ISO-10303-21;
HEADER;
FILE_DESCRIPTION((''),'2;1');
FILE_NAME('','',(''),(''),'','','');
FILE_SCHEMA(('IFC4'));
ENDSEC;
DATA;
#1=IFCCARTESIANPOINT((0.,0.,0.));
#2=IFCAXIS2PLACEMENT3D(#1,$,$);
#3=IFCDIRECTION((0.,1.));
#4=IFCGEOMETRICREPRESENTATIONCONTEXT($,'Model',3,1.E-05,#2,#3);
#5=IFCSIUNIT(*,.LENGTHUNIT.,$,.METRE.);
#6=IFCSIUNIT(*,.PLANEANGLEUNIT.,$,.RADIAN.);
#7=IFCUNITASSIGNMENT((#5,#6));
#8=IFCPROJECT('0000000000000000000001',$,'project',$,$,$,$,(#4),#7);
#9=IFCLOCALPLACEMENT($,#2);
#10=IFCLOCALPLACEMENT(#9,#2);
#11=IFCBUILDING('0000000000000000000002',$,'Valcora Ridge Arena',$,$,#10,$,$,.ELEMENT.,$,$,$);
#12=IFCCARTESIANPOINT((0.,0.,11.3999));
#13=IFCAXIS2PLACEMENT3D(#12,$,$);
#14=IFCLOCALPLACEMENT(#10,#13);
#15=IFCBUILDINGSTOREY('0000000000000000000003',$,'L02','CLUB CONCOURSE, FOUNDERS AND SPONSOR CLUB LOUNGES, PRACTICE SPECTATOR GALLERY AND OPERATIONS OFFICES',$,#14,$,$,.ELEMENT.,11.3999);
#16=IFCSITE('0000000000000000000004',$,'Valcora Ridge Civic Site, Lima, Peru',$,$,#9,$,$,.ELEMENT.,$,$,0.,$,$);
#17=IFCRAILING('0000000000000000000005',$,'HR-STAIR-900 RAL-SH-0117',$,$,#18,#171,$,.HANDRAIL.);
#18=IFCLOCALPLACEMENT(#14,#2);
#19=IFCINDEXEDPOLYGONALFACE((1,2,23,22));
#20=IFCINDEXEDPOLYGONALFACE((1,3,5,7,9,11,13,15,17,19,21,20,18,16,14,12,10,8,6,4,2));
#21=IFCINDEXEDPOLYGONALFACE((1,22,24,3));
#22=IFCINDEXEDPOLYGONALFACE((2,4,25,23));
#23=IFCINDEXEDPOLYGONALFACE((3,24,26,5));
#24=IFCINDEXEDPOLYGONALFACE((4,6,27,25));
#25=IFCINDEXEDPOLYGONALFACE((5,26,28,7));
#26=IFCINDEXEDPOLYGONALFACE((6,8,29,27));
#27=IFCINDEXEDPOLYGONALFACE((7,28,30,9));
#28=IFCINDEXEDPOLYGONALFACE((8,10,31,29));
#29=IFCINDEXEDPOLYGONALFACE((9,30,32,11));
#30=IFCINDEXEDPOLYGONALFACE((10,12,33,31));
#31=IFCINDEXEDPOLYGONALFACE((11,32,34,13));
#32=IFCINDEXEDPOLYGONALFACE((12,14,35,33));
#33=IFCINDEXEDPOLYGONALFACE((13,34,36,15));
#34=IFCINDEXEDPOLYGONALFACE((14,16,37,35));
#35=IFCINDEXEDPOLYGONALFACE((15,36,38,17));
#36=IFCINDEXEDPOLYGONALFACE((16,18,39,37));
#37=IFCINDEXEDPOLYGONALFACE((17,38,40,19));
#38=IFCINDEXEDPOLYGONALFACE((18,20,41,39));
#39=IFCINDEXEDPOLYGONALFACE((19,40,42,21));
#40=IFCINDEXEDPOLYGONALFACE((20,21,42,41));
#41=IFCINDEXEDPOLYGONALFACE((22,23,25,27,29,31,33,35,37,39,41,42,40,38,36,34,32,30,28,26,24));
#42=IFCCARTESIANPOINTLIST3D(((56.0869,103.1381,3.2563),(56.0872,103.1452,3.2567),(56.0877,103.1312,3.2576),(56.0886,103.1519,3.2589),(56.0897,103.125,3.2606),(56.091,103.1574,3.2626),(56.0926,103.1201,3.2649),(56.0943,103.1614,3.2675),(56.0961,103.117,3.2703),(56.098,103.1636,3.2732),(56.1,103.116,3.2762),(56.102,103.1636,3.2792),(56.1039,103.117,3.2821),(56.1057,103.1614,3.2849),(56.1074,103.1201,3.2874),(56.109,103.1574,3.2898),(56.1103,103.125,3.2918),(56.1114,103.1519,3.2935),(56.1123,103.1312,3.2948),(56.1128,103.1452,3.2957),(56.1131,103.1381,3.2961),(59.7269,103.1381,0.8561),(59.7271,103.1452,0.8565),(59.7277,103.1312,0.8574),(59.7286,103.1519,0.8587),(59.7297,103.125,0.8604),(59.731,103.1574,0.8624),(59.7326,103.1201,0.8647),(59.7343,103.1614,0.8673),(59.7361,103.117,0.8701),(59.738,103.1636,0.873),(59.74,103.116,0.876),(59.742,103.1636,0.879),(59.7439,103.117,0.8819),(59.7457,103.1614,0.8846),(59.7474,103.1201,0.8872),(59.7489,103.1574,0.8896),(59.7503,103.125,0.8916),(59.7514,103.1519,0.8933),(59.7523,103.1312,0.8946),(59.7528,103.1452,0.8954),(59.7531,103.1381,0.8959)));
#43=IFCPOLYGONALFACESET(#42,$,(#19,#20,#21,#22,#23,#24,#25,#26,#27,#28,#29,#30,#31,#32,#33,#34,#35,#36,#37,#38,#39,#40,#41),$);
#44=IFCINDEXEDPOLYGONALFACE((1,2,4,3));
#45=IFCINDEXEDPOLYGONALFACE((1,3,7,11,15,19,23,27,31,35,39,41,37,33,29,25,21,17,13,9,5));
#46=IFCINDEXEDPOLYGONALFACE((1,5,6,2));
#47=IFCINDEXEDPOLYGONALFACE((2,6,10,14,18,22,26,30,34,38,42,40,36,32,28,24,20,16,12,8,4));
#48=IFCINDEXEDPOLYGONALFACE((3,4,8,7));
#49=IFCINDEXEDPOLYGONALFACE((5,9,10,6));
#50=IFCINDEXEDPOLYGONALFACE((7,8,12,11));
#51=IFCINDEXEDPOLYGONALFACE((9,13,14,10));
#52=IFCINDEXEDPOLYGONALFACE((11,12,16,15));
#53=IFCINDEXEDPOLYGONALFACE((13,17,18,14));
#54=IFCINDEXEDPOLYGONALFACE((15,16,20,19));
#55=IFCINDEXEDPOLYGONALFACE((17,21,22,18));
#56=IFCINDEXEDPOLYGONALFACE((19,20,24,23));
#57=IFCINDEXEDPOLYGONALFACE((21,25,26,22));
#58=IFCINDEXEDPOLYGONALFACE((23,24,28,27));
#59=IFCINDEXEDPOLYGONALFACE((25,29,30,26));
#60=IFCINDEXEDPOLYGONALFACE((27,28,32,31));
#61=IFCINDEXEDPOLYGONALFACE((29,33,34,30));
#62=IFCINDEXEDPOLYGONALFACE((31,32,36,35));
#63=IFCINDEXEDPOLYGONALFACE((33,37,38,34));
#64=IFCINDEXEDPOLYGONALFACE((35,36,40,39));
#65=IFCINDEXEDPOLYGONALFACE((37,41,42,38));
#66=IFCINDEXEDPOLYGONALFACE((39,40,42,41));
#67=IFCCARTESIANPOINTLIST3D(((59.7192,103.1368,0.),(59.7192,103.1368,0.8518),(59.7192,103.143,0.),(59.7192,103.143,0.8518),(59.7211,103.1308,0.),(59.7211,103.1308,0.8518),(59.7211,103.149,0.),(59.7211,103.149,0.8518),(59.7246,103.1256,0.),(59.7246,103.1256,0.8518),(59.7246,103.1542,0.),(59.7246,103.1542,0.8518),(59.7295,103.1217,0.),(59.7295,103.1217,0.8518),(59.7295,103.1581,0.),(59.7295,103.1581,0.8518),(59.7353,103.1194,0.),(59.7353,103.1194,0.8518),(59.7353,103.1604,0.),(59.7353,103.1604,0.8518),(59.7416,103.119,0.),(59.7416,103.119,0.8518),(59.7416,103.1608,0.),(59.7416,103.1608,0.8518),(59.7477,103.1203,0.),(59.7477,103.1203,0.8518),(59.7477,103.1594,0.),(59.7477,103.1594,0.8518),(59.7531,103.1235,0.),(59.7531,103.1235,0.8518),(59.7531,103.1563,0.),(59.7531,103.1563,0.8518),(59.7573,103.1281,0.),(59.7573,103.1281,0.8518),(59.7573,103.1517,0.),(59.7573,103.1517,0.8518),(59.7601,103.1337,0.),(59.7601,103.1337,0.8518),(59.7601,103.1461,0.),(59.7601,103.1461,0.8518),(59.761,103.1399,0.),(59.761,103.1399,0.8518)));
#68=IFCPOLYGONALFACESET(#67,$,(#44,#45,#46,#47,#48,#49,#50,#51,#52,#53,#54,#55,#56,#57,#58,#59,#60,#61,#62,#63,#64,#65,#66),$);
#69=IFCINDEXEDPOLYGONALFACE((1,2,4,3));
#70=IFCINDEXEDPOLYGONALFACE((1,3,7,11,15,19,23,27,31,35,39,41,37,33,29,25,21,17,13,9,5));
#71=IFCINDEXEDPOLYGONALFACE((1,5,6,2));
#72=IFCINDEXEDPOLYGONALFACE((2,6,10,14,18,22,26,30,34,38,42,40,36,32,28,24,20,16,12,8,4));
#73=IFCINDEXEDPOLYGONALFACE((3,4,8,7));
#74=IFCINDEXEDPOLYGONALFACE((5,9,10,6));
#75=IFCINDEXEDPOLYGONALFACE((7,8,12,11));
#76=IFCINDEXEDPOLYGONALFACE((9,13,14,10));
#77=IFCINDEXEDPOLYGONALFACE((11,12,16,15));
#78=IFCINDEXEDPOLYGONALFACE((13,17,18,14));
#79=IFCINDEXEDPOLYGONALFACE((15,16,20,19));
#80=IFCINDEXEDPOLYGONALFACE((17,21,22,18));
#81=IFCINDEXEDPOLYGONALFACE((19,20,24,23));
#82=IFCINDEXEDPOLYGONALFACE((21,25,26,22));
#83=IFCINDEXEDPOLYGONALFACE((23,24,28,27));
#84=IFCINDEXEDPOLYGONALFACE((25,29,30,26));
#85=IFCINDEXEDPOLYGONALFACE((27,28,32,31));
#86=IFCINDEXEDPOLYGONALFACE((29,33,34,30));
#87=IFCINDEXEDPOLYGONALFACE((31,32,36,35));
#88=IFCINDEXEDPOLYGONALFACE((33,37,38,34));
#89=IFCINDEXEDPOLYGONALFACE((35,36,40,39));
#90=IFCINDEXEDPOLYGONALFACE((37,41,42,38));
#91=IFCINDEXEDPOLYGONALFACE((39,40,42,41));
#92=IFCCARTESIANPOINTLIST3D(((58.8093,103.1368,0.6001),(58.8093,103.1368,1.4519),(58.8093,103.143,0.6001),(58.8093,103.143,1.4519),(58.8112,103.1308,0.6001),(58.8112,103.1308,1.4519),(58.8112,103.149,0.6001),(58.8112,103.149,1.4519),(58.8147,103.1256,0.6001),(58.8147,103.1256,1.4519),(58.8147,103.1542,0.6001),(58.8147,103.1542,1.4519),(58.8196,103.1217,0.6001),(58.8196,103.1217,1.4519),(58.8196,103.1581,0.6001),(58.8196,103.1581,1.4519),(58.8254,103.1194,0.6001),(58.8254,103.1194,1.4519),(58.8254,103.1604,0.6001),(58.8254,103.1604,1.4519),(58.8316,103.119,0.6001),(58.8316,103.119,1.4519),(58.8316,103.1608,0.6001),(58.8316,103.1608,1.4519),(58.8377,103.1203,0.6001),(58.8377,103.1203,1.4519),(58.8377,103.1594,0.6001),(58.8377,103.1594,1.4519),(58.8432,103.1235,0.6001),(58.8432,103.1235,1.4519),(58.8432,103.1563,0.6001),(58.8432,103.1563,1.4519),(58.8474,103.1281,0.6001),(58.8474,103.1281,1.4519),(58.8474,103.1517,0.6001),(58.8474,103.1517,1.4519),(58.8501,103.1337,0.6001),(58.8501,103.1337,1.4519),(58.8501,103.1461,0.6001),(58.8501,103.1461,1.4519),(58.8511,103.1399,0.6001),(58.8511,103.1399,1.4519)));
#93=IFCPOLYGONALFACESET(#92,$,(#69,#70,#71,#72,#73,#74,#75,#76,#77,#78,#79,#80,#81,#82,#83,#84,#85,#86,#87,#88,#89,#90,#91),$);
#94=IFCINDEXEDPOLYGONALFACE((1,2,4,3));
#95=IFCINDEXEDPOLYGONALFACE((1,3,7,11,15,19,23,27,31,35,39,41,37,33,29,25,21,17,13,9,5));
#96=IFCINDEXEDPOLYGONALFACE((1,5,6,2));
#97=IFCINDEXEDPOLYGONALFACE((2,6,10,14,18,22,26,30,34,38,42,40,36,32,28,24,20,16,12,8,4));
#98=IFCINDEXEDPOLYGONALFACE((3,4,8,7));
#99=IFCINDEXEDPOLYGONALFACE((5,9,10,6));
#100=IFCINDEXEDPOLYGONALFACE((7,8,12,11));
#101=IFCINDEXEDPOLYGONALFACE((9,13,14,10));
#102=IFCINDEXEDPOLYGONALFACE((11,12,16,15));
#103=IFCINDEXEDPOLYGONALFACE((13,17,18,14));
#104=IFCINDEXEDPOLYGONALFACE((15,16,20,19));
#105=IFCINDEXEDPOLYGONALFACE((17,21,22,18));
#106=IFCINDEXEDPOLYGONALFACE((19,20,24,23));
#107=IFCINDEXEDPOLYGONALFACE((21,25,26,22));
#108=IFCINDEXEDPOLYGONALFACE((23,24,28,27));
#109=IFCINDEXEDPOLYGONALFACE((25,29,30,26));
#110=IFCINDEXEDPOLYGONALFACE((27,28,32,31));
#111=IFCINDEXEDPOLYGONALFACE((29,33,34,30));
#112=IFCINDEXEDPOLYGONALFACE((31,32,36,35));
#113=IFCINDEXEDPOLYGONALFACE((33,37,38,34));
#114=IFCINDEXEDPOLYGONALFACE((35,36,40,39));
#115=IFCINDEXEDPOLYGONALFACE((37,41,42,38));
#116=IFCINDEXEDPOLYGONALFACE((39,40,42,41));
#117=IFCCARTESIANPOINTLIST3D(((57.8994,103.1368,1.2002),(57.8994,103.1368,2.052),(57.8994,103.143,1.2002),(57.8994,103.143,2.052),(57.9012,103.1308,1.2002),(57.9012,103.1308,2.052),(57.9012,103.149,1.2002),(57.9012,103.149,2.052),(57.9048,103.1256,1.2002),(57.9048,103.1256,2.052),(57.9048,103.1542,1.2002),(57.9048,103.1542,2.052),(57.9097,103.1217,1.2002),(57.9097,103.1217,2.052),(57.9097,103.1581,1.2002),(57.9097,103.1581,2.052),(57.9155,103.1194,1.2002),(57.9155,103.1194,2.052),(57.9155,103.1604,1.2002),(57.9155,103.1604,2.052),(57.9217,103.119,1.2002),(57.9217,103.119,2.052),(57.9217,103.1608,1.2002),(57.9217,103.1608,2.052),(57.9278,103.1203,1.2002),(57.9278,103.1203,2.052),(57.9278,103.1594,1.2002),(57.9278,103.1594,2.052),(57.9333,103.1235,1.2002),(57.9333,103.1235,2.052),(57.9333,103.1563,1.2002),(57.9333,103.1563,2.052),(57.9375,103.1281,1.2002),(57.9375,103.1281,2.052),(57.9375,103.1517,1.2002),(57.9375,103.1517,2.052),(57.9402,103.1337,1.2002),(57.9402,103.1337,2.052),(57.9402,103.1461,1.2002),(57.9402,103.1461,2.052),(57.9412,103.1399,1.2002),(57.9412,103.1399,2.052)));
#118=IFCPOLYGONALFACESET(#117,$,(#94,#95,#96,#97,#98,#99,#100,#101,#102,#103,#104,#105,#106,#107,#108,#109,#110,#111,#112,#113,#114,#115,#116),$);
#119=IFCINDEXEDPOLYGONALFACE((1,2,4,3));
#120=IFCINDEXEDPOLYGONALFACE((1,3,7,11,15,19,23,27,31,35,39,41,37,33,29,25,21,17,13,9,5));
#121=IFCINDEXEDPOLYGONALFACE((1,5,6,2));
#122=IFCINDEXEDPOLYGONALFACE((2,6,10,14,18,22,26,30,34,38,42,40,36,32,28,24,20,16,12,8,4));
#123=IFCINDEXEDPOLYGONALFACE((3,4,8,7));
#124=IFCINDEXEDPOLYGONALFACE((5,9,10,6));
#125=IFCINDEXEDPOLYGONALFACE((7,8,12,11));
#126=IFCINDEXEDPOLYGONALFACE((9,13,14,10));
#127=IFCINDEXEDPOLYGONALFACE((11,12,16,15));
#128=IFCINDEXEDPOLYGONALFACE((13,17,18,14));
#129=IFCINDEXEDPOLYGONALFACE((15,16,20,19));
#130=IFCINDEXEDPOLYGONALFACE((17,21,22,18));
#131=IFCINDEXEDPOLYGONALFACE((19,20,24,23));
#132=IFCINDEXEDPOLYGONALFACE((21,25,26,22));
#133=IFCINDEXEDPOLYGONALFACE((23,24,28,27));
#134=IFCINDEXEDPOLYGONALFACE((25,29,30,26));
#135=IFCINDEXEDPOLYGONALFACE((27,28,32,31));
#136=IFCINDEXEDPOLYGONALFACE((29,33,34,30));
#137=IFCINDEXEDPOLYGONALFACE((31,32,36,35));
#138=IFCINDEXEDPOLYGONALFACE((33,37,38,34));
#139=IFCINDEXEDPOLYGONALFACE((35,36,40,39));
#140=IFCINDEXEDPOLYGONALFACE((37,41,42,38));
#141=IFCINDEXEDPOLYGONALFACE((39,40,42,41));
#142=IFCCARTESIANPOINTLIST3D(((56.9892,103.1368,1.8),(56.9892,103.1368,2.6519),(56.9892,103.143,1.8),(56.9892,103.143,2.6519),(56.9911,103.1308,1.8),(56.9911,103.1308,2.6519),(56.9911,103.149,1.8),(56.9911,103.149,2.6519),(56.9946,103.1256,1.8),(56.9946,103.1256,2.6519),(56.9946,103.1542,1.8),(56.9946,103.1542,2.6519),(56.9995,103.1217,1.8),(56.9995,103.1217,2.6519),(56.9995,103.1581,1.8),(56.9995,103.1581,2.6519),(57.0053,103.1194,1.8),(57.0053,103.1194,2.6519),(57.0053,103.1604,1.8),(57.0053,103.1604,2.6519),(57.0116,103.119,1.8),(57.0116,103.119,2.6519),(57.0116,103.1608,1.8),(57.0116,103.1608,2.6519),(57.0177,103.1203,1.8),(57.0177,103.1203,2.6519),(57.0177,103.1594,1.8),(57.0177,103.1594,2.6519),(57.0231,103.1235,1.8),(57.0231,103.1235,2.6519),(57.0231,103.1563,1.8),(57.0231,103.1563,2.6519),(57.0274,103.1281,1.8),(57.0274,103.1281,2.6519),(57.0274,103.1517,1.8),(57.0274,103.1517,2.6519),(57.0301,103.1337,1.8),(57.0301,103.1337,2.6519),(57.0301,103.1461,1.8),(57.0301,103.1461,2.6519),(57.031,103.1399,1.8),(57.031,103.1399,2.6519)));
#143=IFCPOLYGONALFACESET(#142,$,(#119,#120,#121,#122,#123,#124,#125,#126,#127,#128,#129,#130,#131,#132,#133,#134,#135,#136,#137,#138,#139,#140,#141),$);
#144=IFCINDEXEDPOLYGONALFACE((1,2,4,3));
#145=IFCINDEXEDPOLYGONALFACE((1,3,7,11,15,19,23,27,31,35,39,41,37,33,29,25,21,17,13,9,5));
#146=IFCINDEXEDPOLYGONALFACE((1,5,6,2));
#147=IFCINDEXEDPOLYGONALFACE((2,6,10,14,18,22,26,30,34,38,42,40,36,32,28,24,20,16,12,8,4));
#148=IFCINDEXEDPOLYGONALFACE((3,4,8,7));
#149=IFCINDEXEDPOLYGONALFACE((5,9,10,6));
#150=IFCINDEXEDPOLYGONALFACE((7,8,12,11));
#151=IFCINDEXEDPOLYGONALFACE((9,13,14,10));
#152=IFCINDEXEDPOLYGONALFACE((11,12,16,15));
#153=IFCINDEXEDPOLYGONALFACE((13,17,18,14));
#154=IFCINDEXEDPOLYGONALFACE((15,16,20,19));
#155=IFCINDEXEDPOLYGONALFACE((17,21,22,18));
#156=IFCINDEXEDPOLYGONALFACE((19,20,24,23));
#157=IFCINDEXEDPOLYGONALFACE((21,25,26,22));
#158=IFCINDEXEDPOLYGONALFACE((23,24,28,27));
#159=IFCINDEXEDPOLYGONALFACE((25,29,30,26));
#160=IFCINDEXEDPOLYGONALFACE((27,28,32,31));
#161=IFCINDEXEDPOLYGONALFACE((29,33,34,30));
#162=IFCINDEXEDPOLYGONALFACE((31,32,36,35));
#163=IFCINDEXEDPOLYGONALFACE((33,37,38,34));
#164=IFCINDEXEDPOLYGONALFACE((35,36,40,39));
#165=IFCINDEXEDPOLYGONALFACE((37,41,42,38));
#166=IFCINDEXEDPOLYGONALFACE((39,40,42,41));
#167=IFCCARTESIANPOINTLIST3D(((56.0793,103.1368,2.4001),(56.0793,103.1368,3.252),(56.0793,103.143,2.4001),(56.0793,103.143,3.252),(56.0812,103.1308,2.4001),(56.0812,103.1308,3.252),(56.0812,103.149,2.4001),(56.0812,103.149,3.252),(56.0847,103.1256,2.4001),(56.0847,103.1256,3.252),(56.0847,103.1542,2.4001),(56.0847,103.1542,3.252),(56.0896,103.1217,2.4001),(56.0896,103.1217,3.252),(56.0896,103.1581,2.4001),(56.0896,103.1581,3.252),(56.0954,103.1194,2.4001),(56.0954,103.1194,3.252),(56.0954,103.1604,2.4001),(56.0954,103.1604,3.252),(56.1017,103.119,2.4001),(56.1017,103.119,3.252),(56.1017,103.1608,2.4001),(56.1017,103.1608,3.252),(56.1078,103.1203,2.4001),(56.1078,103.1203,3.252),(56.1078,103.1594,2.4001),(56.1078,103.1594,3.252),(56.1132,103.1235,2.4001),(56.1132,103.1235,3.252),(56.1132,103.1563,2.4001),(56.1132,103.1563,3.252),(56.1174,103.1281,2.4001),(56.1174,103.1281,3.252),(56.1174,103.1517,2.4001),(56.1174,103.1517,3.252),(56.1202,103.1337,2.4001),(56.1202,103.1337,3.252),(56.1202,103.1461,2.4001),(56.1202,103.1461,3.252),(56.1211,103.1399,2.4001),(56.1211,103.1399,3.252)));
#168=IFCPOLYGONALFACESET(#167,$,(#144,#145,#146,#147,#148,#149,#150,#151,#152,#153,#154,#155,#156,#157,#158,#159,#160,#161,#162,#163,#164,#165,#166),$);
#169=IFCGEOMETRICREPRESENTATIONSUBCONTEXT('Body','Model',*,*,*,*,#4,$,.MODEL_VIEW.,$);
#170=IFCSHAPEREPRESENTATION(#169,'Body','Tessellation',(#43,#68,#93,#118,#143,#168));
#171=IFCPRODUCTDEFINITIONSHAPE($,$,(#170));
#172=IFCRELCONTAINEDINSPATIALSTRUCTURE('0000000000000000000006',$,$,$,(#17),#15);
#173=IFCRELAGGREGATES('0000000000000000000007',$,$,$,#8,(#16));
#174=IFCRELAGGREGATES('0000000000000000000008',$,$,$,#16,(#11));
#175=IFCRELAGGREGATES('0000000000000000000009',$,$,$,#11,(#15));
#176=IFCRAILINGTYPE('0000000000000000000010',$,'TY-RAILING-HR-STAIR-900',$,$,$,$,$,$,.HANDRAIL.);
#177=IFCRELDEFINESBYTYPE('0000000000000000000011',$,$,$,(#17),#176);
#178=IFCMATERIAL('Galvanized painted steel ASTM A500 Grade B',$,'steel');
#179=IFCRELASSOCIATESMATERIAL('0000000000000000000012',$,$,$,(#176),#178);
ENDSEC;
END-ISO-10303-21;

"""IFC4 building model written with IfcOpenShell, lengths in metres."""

from ifc_helpers import new_model, si_unit, direction, frame, origin, origin_2d, place, context, subcontext, project, spatial, circle, extrude, material, type_object, element, save


model = new_model("IFC4")

# Units and contexts
model_context = context("Model", 3, precision=1e-05, world=origin(), true_north=direction((0.0, 1.0)))
body_context = subcontext(model_context, "Body", "Model", "MODEL_VIEW")
ifc_project = project(units=[si_unit("LENGTHUNIT", "METRE"), si_unit("PLANEANGLEUNIT", "RADIAN")], contexts=[model_context])

# Site, building, storey
site_placement = place(None, origin())
site = spatial("IfcSite", under=ifc_project, at=site_placement, Name="Valcora Ridge Civic Site, Lima, Peru", CompositionType="ELEMENT", RefElevation=0.0)
building_placement = place(site_placement, origin())
building = spatial("IfcBuilding", under=site, at=building_placement, Name="Valcora Ridge Arena", CompositionType="ELEMENT")
storey_placement = place(building_placement, frame((0.0, 0.0, 11.3999)))
storey = spatial("IfcBuildingStorey", under=building, at=storey_placement, Name="L02", Description="CLUB CONCOURSE, FOUNDERS AND SPONSOR CLUB LOUNGES, PRACTICE SPECTATOR GALLERY AND OPERATIONS OFFICES", CompositionType="ELEMENT", Elevation=11.3999)

# Railing
ifc_material_1 = material(Name="Galvanized painted steel ASTM A500 Grade B", Category="steel")
railing_type_1 = type_object("IfcRailingType", Name="TY-RAILING-HR-STAIR-900", PredefinedType="HANDRAIL", material=ifc_material_1)
railing_1_placement = place(storey_placement, frame((59.74, 103.1399, 0.0)))
element("IfcRailing", 1, at=railing_1_placement, inside=storey, type_object=railing_type_1, Name="HR-STAIR-900 RAL-SH-0117", PredefinedType="HANDRAIL", context=body_context, shape_type="SweptSolid", body=[
    extrude(circle(Radius=0.0239, at=origin_2d()), frame((0.0, 0.0, 0.876), z_axis=(-0.834839, 0.0, 0.550493), x_axis=(0.0, -1.0, 0.0)), (0.0, 0.0, 1.0), 4.3601),
    extrude(circle(Radius=0.021, at=origin_2d()), origin(), (0.0, 0.0, 1.0), 0.8518),
    extrude(circle(Radius=0.021, at=origin_2d()), frame((-0.9099, 0.0, 0.6001)), (0.0, 0.0, 1.0), 0.8518),
    extrude(circle(Radius=0.021, at=origin_2d()), frame((-1.8198, 0.0, 1.2002)), (0.0, 0.0, 1.0), 0.8518),
    extrude(circle(Radius=0.021, at=origin_2d()), frame((-2.73, 0.0, 1.8)), (0.0, 0.0, 1.0), 0.8518),
    extrude(circle(Radius=0.021, at=origin_2d()), frame((-3.6399, 0.0, 2.4001)), (0.0, 0.0, 1.0), 0.8518),
])

save(model, "model.ifc")
